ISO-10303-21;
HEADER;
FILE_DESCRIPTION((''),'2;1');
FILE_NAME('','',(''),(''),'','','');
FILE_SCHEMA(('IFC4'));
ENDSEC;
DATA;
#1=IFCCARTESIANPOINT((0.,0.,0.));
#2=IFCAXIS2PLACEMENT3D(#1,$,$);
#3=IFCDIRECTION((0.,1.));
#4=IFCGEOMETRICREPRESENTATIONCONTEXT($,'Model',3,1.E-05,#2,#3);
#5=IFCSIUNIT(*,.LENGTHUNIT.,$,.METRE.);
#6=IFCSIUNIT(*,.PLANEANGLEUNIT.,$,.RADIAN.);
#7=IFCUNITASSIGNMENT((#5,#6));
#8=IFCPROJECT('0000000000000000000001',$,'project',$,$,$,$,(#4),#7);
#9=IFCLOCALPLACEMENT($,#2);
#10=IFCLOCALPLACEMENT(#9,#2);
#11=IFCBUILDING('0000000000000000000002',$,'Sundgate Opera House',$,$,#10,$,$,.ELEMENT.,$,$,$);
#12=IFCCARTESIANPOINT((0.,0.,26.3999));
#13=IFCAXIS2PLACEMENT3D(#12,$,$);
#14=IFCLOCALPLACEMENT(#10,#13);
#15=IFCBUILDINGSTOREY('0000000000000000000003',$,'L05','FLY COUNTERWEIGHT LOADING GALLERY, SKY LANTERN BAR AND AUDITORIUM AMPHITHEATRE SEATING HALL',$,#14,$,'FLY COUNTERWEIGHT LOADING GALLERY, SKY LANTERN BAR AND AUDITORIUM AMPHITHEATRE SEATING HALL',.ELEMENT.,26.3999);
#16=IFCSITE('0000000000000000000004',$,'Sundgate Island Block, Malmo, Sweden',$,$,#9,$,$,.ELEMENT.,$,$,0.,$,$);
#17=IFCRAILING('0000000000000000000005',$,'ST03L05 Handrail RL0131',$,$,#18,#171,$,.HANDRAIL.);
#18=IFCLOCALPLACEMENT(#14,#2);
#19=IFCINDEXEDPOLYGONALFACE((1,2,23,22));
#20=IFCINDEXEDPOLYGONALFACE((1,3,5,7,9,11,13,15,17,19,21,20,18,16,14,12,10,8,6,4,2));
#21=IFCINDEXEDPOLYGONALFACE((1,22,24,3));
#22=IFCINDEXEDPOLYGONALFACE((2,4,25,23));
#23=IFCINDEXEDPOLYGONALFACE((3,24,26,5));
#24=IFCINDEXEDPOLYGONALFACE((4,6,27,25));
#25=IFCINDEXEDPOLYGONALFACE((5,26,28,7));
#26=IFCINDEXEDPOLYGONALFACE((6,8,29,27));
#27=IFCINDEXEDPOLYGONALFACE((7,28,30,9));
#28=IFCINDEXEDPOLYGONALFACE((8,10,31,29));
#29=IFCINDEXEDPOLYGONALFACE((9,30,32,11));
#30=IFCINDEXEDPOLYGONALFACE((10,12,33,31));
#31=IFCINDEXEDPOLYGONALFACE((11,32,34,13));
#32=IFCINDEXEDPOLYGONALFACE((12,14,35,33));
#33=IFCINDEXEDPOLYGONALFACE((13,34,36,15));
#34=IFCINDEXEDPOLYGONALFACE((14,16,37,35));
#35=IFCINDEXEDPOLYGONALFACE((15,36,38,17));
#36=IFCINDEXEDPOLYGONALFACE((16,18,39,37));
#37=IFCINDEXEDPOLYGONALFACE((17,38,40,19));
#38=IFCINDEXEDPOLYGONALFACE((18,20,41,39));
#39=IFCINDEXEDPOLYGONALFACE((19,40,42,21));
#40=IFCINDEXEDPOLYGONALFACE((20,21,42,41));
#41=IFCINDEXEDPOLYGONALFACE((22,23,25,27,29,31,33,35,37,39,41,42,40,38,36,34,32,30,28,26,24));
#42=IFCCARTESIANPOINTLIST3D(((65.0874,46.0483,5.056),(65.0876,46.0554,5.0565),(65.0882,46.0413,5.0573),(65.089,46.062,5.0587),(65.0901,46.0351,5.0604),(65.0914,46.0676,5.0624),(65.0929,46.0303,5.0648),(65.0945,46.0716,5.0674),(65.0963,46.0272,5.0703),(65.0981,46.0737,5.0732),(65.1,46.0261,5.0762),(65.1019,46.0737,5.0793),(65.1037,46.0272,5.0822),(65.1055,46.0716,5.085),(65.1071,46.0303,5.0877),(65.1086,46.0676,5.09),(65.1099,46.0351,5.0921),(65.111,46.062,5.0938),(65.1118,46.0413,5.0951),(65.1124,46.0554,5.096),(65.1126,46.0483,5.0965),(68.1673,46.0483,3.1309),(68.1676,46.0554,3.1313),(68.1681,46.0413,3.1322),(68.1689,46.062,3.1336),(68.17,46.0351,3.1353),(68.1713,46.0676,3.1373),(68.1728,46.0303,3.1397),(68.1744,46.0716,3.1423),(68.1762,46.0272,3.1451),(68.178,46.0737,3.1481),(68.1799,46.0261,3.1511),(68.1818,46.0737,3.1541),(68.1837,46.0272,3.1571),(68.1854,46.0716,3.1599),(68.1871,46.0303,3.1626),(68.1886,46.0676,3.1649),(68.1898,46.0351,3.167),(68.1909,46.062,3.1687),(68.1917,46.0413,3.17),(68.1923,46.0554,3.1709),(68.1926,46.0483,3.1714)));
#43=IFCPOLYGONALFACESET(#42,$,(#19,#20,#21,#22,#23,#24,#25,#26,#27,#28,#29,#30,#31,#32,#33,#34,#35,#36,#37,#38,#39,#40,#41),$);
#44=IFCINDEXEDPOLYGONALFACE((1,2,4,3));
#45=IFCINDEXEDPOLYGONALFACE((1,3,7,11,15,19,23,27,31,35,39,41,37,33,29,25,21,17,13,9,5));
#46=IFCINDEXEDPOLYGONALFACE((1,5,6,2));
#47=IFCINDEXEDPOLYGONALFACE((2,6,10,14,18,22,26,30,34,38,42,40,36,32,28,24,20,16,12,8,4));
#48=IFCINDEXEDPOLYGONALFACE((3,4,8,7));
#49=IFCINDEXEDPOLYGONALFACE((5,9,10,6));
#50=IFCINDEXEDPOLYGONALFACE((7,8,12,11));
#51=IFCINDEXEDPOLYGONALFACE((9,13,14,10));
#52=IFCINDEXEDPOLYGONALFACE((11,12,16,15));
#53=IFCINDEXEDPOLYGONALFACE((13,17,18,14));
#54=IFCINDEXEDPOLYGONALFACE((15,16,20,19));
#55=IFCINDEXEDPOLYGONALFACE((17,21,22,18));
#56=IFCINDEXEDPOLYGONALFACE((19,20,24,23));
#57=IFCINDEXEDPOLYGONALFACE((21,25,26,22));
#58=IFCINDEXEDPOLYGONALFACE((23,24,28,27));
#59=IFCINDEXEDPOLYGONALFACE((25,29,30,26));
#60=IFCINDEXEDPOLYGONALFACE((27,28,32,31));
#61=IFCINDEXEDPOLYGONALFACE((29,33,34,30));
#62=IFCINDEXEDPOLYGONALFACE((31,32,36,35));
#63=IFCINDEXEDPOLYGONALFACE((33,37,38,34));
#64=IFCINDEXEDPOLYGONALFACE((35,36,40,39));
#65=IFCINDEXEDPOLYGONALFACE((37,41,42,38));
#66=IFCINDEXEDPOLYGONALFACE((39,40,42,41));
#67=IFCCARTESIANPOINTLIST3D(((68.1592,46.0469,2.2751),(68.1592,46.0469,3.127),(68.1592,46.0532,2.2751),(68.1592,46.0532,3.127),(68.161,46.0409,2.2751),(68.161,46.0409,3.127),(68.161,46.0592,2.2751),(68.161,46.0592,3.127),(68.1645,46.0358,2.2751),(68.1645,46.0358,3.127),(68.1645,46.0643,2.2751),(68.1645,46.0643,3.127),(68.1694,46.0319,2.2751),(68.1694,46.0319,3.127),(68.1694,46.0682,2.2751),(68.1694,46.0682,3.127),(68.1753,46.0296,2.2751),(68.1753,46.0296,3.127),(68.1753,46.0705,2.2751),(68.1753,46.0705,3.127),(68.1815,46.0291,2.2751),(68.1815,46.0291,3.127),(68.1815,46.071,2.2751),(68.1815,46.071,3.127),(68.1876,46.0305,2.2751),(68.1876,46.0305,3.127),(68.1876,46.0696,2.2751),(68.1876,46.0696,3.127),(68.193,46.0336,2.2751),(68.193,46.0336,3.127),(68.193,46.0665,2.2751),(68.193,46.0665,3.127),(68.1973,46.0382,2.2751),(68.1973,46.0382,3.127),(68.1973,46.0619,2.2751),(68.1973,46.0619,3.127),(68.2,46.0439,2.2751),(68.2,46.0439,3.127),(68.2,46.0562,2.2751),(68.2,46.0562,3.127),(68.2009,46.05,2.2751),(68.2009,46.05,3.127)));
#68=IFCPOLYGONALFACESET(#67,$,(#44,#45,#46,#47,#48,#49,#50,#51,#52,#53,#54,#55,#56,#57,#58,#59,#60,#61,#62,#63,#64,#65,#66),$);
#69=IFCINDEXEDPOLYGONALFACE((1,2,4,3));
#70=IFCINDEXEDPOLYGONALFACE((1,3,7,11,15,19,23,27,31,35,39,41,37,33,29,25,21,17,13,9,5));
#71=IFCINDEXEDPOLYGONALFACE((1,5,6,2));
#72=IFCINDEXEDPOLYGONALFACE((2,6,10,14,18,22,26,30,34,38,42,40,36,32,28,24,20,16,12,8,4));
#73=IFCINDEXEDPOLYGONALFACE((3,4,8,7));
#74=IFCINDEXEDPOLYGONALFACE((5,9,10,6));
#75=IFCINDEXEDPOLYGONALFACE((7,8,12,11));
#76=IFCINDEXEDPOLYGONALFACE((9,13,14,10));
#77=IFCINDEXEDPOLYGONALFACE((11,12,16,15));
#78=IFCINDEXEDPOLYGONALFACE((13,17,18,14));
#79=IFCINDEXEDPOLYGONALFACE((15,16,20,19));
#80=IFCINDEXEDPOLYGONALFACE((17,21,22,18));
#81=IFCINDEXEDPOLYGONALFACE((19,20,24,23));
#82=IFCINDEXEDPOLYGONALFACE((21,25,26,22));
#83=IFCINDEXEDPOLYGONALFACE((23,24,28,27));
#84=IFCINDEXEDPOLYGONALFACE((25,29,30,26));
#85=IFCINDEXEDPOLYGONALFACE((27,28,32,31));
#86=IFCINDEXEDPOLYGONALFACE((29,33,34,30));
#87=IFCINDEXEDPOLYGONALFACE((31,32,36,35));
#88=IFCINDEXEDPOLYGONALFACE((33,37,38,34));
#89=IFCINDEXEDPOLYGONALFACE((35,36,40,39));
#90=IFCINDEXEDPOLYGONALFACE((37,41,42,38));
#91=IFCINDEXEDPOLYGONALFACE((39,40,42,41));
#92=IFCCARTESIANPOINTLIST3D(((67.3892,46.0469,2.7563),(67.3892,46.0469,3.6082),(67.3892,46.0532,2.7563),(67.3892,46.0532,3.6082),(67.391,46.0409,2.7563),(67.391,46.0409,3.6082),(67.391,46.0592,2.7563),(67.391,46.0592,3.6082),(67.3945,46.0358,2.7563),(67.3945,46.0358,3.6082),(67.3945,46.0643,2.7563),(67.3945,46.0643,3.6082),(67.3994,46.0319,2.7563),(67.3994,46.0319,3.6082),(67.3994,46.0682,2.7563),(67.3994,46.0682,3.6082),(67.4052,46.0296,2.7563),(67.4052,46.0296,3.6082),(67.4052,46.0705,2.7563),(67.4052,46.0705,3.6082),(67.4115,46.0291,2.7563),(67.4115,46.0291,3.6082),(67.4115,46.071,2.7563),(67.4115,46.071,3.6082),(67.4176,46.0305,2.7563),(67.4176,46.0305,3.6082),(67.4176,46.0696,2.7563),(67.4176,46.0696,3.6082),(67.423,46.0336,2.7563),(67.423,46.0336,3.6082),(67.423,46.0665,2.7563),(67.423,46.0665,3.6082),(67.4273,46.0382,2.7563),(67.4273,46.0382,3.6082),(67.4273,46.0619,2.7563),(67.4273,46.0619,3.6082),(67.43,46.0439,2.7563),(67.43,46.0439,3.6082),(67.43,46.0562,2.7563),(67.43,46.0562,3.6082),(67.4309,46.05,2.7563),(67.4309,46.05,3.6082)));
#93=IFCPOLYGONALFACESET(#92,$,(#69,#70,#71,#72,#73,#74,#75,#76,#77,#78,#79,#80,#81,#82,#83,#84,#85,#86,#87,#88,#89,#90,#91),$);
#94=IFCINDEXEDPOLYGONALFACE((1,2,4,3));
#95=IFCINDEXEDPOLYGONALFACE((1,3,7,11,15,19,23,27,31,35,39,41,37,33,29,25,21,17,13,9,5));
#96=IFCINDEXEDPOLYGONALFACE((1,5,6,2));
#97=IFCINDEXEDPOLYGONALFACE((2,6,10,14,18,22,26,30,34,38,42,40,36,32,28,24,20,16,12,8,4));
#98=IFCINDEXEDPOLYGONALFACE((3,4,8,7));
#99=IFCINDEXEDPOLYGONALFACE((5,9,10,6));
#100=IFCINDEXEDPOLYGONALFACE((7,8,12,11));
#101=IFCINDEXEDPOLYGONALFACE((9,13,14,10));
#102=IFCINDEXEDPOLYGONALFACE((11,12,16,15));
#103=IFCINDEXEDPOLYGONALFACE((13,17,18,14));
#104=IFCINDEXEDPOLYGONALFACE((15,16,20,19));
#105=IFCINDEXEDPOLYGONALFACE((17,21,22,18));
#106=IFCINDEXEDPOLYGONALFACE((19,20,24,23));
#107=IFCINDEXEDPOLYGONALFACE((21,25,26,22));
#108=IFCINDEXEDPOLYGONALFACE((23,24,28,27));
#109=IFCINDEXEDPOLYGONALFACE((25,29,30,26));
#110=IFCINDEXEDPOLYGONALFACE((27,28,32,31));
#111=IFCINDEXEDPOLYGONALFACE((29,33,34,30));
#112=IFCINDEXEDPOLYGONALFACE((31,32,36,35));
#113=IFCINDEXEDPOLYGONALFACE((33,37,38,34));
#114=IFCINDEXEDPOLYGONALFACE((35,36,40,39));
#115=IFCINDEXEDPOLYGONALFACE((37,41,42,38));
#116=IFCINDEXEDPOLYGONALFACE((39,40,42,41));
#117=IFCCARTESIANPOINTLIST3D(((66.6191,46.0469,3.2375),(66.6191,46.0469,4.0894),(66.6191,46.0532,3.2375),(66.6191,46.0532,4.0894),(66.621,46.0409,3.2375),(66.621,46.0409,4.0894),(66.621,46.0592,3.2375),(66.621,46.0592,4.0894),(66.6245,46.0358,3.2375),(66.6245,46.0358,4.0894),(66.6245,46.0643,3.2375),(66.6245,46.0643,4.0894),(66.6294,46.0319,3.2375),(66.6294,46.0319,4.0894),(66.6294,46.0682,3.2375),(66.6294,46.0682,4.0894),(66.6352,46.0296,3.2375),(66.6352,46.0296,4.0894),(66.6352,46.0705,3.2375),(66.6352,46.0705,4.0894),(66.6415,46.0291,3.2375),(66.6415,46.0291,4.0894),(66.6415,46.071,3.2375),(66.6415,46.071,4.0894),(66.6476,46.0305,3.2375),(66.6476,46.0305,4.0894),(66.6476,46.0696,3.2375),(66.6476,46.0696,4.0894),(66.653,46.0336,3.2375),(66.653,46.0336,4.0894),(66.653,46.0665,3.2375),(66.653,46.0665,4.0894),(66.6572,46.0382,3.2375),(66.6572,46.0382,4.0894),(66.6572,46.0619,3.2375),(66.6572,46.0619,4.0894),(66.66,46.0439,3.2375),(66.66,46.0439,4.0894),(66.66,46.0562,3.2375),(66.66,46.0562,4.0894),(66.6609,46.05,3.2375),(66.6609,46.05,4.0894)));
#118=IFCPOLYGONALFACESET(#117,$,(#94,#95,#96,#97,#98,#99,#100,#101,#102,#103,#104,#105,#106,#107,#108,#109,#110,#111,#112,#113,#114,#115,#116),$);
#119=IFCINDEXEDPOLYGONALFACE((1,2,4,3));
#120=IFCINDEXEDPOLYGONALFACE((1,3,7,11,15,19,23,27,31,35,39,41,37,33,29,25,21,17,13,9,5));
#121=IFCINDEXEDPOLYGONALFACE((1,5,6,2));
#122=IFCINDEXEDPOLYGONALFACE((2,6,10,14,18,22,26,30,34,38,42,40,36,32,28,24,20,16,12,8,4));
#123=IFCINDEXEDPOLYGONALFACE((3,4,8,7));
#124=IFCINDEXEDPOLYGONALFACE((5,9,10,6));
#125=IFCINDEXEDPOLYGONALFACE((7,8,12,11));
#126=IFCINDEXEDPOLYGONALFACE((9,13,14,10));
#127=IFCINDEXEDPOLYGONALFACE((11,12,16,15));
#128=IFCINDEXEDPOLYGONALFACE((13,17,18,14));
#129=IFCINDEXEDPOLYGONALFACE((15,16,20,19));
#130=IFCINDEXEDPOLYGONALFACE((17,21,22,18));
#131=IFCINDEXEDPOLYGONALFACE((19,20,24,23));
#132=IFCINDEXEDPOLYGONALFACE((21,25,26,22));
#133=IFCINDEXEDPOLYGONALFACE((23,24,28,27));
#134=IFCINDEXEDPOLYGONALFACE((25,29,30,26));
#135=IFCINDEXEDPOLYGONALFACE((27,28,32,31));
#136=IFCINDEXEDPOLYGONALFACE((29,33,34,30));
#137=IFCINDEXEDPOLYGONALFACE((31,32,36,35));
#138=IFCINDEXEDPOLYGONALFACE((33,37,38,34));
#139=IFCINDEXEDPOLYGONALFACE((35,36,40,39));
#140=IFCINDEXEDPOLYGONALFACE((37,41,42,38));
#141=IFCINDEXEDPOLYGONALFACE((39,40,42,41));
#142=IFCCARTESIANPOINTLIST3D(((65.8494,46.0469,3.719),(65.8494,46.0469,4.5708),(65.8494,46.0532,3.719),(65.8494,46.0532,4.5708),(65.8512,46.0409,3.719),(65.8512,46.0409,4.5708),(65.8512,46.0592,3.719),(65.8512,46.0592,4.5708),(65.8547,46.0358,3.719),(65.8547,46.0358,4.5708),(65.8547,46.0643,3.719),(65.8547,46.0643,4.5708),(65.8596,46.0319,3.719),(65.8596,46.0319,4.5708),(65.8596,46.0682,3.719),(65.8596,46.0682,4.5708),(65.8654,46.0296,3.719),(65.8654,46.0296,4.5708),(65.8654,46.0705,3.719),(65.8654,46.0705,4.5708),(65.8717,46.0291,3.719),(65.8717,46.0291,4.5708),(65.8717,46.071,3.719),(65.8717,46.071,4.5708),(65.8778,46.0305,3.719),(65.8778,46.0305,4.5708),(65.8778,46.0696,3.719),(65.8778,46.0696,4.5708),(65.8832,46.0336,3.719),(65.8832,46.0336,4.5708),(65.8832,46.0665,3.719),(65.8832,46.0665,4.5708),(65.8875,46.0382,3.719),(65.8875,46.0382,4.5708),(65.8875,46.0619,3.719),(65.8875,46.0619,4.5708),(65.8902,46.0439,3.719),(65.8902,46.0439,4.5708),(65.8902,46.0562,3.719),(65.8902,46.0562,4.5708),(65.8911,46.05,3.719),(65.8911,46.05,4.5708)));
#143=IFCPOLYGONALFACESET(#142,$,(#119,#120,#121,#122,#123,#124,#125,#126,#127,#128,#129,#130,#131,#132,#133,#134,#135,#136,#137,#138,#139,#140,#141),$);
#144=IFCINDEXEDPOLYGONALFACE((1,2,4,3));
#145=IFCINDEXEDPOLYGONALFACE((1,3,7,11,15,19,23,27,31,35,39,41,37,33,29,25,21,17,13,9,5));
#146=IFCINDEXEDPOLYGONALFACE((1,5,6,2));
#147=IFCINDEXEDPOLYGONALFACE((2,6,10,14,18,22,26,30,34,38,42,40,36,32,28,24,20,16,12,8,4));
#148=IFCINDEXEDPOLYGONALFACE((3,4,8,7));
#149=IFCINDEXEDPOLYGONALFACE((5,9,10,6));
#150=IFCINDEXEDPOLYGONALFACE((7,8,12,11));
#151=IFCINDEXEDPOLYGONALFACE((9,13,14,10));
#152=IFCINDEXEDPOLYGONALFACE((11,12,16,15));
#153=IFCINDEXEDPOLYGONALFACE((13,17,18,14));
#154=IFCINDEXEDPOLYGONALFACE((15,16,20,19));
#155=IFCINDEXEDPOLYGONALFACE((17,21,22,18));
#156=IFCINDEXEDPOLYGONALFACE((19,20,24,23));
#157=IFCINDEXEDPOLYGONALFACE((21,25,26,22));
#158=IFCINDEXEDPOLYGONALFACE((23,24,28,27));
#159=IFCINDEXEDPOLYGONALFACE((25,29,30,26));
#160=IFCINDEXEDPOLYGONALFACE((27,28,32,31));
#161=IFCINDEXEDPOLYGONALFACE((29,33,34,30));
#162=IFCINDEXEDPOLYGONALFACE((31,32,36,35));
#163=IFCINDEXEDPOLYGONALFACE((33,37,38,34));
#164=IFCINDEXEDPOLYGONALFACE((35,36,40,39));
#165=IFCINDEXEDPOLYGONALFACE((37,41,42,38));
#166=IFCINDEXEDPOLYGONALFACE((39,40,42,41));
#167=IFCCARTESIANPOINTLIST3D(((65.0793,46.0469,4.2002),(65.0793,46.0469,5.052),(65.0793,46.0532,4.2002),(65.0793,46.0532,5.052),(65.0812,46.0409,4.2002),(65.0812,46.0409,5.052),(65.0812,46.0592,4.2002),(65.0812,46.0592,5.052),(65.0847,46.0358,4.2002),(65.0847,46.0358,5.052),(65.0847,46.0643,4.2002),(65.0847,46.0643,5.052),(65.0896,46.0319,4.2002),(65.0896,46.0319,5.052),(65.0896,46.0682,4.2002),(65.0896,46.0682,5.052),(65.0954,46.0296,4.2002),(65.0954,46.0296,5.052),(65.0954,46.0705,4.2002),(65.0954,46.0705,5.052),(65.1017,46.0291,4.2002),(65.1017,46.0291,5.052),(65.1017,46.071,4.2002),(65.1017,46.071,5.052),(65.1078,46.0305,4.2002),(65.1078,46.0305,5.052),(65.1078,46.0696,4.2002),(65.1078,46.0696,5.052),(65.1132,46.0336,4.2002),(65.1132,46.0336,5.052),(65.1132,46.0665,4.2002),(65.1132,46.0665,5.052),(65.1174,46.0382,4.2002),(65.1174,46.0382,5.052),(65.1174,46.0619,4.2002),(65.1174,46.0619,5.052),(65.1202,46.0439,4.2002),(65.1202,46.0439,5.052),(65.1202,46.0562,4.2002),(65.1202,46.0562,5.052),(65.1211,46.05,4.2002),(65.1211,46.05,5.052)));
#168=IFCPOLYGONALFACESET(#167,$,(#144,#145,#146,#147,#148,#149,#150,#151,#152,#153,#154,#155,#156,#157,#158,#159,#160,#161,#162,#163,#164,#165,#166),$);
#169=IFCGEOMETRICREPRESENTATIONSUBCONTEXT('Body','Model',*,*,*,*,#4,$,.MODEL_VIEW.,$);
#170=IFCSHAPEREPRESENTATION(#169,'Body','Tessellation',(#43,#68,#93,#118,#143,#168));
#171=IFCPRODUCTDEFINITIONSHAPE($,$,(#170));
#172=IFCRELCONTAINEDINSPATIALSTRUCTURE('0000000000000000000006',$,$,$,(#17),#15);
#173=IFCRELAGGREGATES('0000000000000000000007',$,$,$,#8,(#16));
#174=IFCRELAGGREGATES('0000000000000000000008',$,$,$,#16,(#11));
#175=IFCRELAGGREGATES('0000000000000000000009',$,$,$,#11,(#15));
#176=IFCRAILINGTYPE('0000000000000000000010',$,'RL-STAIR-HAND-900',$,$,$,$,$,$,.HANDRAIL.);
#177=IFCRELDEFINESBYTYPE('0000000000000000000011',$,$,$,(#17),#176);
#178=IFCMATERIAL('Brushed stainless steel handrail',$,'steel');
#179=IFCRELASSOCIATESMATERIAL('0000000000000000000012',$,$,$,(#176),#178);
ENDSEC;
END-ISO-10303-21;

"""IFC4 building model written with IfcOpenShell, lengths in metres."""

from ifc_helpers import new_model, si_unit, direction, frame, origin, origin_2d, place, context, subcontext, project, spatial, circle, extrude, material, type_object, element, save


model = new_model("IFC4")

# Units and contexts
model_context = context("Model", 3, precision=1e-05, world=origin(), true_north=direction((0.0, 1.0)))
body_context = subcontext(model_context, "Body", "Model", "MODEL_VIEW")
ifc_project = project(units=[si_unit("LENGTHUNIT", "METRE"), si_unit("PLANEANGLEUNIT", "RADIAN")], contexts=[model_context])

# Site, building, storey
site_placement = place(None, origin())
site = spatial("IfcSite", under=ifc_project, at=site_placement, Name="Sundgate Island Block, Malmo, Sweden", CompositionType="ELEMENT", RefElevation=0.0)
building_placement = place(site_placement, origin())
building = spatial("IfcBuilding", under=site, at=building_placement, Name="Sundgate Opera House", CompositionType="ELEMENT")
storey_placement = place(building_placement, frame((0.0, 0.0, 26.3999)))
storey = spatial("IfcBuildingStorey", under=building, at=storey_placement, Name="L05", Description="FLY COUNTERWEIGHT LOADING GALLERY, SKY LANTERN BAR AND AUDITORIUM AMPHITHEATRE SEATING HALL", LongName="FLY COUNTERWEIGHT LOADING GALLERY, SKY LANTERN BAR AND AUDITORIUM AMPHITHEATRE SEATING HALL", CompositionType="ELEMENT", Elevation=26.3999)

# Railing
ifc_material_1 = material(Name="Brushed stainless steel handrail", Category="steel")
railing_type_1 = type_object("IfcRailingType", Name="RL-STAIR-HAND-900", PredefinedType="HANDRAIL", material=ifc_material_1)
railing_1_placement = place(storey_placement, frame((68.1799, 46.05, 2.2751)))
element("IfcRailing", 1, at=railing_1_placement, inside=storey, type_object=railing_type_1, Name="ST03L05 Handrail RL0131", PredefinedType="HANDRAIL", context=body_context, shape_type="SweptSolid", body=[
    extrude(circle(Radius=0.0239, at=origin_2d()), frame((0.0, 0.0, 0.876), z_axis=(-0.847979, 0.0, 0.530029), x_axis=(0.0, -1.0, 0.0)), (0.0, 0.0, 1.0), 3.6321),
    extrude(circle(Radius=0.021, at=origin_2d()), origin(), (0.0, 0.0, 1.0), 0.8518),
    extrude(circle(Radius=0.021, at=origin_2d()), frame((-0.77, 0.0, 0.4812)), (0.0, 0.0, 1.0), 0.8518),
    extrude(circle(Radius=0.021, at=origin_2d()), frame((-1.54, 0.0, 0.9624)), (0.0, 0.0, 1.0), 0.8518),
    extrude(circle(Radius=0.021, at=origin_2d()), frame((-2.3098, 0.0, 1.4438)), (0.0, 0.0, 1.0), 0.8518),
    extrude(circle(Radius=0.021, at=origin_2d()), frame((-3.0798, 0.0, 1.925)), (0.0, 0.0, 1.0), 0.8518),
])

save(model, "model.ifc")
